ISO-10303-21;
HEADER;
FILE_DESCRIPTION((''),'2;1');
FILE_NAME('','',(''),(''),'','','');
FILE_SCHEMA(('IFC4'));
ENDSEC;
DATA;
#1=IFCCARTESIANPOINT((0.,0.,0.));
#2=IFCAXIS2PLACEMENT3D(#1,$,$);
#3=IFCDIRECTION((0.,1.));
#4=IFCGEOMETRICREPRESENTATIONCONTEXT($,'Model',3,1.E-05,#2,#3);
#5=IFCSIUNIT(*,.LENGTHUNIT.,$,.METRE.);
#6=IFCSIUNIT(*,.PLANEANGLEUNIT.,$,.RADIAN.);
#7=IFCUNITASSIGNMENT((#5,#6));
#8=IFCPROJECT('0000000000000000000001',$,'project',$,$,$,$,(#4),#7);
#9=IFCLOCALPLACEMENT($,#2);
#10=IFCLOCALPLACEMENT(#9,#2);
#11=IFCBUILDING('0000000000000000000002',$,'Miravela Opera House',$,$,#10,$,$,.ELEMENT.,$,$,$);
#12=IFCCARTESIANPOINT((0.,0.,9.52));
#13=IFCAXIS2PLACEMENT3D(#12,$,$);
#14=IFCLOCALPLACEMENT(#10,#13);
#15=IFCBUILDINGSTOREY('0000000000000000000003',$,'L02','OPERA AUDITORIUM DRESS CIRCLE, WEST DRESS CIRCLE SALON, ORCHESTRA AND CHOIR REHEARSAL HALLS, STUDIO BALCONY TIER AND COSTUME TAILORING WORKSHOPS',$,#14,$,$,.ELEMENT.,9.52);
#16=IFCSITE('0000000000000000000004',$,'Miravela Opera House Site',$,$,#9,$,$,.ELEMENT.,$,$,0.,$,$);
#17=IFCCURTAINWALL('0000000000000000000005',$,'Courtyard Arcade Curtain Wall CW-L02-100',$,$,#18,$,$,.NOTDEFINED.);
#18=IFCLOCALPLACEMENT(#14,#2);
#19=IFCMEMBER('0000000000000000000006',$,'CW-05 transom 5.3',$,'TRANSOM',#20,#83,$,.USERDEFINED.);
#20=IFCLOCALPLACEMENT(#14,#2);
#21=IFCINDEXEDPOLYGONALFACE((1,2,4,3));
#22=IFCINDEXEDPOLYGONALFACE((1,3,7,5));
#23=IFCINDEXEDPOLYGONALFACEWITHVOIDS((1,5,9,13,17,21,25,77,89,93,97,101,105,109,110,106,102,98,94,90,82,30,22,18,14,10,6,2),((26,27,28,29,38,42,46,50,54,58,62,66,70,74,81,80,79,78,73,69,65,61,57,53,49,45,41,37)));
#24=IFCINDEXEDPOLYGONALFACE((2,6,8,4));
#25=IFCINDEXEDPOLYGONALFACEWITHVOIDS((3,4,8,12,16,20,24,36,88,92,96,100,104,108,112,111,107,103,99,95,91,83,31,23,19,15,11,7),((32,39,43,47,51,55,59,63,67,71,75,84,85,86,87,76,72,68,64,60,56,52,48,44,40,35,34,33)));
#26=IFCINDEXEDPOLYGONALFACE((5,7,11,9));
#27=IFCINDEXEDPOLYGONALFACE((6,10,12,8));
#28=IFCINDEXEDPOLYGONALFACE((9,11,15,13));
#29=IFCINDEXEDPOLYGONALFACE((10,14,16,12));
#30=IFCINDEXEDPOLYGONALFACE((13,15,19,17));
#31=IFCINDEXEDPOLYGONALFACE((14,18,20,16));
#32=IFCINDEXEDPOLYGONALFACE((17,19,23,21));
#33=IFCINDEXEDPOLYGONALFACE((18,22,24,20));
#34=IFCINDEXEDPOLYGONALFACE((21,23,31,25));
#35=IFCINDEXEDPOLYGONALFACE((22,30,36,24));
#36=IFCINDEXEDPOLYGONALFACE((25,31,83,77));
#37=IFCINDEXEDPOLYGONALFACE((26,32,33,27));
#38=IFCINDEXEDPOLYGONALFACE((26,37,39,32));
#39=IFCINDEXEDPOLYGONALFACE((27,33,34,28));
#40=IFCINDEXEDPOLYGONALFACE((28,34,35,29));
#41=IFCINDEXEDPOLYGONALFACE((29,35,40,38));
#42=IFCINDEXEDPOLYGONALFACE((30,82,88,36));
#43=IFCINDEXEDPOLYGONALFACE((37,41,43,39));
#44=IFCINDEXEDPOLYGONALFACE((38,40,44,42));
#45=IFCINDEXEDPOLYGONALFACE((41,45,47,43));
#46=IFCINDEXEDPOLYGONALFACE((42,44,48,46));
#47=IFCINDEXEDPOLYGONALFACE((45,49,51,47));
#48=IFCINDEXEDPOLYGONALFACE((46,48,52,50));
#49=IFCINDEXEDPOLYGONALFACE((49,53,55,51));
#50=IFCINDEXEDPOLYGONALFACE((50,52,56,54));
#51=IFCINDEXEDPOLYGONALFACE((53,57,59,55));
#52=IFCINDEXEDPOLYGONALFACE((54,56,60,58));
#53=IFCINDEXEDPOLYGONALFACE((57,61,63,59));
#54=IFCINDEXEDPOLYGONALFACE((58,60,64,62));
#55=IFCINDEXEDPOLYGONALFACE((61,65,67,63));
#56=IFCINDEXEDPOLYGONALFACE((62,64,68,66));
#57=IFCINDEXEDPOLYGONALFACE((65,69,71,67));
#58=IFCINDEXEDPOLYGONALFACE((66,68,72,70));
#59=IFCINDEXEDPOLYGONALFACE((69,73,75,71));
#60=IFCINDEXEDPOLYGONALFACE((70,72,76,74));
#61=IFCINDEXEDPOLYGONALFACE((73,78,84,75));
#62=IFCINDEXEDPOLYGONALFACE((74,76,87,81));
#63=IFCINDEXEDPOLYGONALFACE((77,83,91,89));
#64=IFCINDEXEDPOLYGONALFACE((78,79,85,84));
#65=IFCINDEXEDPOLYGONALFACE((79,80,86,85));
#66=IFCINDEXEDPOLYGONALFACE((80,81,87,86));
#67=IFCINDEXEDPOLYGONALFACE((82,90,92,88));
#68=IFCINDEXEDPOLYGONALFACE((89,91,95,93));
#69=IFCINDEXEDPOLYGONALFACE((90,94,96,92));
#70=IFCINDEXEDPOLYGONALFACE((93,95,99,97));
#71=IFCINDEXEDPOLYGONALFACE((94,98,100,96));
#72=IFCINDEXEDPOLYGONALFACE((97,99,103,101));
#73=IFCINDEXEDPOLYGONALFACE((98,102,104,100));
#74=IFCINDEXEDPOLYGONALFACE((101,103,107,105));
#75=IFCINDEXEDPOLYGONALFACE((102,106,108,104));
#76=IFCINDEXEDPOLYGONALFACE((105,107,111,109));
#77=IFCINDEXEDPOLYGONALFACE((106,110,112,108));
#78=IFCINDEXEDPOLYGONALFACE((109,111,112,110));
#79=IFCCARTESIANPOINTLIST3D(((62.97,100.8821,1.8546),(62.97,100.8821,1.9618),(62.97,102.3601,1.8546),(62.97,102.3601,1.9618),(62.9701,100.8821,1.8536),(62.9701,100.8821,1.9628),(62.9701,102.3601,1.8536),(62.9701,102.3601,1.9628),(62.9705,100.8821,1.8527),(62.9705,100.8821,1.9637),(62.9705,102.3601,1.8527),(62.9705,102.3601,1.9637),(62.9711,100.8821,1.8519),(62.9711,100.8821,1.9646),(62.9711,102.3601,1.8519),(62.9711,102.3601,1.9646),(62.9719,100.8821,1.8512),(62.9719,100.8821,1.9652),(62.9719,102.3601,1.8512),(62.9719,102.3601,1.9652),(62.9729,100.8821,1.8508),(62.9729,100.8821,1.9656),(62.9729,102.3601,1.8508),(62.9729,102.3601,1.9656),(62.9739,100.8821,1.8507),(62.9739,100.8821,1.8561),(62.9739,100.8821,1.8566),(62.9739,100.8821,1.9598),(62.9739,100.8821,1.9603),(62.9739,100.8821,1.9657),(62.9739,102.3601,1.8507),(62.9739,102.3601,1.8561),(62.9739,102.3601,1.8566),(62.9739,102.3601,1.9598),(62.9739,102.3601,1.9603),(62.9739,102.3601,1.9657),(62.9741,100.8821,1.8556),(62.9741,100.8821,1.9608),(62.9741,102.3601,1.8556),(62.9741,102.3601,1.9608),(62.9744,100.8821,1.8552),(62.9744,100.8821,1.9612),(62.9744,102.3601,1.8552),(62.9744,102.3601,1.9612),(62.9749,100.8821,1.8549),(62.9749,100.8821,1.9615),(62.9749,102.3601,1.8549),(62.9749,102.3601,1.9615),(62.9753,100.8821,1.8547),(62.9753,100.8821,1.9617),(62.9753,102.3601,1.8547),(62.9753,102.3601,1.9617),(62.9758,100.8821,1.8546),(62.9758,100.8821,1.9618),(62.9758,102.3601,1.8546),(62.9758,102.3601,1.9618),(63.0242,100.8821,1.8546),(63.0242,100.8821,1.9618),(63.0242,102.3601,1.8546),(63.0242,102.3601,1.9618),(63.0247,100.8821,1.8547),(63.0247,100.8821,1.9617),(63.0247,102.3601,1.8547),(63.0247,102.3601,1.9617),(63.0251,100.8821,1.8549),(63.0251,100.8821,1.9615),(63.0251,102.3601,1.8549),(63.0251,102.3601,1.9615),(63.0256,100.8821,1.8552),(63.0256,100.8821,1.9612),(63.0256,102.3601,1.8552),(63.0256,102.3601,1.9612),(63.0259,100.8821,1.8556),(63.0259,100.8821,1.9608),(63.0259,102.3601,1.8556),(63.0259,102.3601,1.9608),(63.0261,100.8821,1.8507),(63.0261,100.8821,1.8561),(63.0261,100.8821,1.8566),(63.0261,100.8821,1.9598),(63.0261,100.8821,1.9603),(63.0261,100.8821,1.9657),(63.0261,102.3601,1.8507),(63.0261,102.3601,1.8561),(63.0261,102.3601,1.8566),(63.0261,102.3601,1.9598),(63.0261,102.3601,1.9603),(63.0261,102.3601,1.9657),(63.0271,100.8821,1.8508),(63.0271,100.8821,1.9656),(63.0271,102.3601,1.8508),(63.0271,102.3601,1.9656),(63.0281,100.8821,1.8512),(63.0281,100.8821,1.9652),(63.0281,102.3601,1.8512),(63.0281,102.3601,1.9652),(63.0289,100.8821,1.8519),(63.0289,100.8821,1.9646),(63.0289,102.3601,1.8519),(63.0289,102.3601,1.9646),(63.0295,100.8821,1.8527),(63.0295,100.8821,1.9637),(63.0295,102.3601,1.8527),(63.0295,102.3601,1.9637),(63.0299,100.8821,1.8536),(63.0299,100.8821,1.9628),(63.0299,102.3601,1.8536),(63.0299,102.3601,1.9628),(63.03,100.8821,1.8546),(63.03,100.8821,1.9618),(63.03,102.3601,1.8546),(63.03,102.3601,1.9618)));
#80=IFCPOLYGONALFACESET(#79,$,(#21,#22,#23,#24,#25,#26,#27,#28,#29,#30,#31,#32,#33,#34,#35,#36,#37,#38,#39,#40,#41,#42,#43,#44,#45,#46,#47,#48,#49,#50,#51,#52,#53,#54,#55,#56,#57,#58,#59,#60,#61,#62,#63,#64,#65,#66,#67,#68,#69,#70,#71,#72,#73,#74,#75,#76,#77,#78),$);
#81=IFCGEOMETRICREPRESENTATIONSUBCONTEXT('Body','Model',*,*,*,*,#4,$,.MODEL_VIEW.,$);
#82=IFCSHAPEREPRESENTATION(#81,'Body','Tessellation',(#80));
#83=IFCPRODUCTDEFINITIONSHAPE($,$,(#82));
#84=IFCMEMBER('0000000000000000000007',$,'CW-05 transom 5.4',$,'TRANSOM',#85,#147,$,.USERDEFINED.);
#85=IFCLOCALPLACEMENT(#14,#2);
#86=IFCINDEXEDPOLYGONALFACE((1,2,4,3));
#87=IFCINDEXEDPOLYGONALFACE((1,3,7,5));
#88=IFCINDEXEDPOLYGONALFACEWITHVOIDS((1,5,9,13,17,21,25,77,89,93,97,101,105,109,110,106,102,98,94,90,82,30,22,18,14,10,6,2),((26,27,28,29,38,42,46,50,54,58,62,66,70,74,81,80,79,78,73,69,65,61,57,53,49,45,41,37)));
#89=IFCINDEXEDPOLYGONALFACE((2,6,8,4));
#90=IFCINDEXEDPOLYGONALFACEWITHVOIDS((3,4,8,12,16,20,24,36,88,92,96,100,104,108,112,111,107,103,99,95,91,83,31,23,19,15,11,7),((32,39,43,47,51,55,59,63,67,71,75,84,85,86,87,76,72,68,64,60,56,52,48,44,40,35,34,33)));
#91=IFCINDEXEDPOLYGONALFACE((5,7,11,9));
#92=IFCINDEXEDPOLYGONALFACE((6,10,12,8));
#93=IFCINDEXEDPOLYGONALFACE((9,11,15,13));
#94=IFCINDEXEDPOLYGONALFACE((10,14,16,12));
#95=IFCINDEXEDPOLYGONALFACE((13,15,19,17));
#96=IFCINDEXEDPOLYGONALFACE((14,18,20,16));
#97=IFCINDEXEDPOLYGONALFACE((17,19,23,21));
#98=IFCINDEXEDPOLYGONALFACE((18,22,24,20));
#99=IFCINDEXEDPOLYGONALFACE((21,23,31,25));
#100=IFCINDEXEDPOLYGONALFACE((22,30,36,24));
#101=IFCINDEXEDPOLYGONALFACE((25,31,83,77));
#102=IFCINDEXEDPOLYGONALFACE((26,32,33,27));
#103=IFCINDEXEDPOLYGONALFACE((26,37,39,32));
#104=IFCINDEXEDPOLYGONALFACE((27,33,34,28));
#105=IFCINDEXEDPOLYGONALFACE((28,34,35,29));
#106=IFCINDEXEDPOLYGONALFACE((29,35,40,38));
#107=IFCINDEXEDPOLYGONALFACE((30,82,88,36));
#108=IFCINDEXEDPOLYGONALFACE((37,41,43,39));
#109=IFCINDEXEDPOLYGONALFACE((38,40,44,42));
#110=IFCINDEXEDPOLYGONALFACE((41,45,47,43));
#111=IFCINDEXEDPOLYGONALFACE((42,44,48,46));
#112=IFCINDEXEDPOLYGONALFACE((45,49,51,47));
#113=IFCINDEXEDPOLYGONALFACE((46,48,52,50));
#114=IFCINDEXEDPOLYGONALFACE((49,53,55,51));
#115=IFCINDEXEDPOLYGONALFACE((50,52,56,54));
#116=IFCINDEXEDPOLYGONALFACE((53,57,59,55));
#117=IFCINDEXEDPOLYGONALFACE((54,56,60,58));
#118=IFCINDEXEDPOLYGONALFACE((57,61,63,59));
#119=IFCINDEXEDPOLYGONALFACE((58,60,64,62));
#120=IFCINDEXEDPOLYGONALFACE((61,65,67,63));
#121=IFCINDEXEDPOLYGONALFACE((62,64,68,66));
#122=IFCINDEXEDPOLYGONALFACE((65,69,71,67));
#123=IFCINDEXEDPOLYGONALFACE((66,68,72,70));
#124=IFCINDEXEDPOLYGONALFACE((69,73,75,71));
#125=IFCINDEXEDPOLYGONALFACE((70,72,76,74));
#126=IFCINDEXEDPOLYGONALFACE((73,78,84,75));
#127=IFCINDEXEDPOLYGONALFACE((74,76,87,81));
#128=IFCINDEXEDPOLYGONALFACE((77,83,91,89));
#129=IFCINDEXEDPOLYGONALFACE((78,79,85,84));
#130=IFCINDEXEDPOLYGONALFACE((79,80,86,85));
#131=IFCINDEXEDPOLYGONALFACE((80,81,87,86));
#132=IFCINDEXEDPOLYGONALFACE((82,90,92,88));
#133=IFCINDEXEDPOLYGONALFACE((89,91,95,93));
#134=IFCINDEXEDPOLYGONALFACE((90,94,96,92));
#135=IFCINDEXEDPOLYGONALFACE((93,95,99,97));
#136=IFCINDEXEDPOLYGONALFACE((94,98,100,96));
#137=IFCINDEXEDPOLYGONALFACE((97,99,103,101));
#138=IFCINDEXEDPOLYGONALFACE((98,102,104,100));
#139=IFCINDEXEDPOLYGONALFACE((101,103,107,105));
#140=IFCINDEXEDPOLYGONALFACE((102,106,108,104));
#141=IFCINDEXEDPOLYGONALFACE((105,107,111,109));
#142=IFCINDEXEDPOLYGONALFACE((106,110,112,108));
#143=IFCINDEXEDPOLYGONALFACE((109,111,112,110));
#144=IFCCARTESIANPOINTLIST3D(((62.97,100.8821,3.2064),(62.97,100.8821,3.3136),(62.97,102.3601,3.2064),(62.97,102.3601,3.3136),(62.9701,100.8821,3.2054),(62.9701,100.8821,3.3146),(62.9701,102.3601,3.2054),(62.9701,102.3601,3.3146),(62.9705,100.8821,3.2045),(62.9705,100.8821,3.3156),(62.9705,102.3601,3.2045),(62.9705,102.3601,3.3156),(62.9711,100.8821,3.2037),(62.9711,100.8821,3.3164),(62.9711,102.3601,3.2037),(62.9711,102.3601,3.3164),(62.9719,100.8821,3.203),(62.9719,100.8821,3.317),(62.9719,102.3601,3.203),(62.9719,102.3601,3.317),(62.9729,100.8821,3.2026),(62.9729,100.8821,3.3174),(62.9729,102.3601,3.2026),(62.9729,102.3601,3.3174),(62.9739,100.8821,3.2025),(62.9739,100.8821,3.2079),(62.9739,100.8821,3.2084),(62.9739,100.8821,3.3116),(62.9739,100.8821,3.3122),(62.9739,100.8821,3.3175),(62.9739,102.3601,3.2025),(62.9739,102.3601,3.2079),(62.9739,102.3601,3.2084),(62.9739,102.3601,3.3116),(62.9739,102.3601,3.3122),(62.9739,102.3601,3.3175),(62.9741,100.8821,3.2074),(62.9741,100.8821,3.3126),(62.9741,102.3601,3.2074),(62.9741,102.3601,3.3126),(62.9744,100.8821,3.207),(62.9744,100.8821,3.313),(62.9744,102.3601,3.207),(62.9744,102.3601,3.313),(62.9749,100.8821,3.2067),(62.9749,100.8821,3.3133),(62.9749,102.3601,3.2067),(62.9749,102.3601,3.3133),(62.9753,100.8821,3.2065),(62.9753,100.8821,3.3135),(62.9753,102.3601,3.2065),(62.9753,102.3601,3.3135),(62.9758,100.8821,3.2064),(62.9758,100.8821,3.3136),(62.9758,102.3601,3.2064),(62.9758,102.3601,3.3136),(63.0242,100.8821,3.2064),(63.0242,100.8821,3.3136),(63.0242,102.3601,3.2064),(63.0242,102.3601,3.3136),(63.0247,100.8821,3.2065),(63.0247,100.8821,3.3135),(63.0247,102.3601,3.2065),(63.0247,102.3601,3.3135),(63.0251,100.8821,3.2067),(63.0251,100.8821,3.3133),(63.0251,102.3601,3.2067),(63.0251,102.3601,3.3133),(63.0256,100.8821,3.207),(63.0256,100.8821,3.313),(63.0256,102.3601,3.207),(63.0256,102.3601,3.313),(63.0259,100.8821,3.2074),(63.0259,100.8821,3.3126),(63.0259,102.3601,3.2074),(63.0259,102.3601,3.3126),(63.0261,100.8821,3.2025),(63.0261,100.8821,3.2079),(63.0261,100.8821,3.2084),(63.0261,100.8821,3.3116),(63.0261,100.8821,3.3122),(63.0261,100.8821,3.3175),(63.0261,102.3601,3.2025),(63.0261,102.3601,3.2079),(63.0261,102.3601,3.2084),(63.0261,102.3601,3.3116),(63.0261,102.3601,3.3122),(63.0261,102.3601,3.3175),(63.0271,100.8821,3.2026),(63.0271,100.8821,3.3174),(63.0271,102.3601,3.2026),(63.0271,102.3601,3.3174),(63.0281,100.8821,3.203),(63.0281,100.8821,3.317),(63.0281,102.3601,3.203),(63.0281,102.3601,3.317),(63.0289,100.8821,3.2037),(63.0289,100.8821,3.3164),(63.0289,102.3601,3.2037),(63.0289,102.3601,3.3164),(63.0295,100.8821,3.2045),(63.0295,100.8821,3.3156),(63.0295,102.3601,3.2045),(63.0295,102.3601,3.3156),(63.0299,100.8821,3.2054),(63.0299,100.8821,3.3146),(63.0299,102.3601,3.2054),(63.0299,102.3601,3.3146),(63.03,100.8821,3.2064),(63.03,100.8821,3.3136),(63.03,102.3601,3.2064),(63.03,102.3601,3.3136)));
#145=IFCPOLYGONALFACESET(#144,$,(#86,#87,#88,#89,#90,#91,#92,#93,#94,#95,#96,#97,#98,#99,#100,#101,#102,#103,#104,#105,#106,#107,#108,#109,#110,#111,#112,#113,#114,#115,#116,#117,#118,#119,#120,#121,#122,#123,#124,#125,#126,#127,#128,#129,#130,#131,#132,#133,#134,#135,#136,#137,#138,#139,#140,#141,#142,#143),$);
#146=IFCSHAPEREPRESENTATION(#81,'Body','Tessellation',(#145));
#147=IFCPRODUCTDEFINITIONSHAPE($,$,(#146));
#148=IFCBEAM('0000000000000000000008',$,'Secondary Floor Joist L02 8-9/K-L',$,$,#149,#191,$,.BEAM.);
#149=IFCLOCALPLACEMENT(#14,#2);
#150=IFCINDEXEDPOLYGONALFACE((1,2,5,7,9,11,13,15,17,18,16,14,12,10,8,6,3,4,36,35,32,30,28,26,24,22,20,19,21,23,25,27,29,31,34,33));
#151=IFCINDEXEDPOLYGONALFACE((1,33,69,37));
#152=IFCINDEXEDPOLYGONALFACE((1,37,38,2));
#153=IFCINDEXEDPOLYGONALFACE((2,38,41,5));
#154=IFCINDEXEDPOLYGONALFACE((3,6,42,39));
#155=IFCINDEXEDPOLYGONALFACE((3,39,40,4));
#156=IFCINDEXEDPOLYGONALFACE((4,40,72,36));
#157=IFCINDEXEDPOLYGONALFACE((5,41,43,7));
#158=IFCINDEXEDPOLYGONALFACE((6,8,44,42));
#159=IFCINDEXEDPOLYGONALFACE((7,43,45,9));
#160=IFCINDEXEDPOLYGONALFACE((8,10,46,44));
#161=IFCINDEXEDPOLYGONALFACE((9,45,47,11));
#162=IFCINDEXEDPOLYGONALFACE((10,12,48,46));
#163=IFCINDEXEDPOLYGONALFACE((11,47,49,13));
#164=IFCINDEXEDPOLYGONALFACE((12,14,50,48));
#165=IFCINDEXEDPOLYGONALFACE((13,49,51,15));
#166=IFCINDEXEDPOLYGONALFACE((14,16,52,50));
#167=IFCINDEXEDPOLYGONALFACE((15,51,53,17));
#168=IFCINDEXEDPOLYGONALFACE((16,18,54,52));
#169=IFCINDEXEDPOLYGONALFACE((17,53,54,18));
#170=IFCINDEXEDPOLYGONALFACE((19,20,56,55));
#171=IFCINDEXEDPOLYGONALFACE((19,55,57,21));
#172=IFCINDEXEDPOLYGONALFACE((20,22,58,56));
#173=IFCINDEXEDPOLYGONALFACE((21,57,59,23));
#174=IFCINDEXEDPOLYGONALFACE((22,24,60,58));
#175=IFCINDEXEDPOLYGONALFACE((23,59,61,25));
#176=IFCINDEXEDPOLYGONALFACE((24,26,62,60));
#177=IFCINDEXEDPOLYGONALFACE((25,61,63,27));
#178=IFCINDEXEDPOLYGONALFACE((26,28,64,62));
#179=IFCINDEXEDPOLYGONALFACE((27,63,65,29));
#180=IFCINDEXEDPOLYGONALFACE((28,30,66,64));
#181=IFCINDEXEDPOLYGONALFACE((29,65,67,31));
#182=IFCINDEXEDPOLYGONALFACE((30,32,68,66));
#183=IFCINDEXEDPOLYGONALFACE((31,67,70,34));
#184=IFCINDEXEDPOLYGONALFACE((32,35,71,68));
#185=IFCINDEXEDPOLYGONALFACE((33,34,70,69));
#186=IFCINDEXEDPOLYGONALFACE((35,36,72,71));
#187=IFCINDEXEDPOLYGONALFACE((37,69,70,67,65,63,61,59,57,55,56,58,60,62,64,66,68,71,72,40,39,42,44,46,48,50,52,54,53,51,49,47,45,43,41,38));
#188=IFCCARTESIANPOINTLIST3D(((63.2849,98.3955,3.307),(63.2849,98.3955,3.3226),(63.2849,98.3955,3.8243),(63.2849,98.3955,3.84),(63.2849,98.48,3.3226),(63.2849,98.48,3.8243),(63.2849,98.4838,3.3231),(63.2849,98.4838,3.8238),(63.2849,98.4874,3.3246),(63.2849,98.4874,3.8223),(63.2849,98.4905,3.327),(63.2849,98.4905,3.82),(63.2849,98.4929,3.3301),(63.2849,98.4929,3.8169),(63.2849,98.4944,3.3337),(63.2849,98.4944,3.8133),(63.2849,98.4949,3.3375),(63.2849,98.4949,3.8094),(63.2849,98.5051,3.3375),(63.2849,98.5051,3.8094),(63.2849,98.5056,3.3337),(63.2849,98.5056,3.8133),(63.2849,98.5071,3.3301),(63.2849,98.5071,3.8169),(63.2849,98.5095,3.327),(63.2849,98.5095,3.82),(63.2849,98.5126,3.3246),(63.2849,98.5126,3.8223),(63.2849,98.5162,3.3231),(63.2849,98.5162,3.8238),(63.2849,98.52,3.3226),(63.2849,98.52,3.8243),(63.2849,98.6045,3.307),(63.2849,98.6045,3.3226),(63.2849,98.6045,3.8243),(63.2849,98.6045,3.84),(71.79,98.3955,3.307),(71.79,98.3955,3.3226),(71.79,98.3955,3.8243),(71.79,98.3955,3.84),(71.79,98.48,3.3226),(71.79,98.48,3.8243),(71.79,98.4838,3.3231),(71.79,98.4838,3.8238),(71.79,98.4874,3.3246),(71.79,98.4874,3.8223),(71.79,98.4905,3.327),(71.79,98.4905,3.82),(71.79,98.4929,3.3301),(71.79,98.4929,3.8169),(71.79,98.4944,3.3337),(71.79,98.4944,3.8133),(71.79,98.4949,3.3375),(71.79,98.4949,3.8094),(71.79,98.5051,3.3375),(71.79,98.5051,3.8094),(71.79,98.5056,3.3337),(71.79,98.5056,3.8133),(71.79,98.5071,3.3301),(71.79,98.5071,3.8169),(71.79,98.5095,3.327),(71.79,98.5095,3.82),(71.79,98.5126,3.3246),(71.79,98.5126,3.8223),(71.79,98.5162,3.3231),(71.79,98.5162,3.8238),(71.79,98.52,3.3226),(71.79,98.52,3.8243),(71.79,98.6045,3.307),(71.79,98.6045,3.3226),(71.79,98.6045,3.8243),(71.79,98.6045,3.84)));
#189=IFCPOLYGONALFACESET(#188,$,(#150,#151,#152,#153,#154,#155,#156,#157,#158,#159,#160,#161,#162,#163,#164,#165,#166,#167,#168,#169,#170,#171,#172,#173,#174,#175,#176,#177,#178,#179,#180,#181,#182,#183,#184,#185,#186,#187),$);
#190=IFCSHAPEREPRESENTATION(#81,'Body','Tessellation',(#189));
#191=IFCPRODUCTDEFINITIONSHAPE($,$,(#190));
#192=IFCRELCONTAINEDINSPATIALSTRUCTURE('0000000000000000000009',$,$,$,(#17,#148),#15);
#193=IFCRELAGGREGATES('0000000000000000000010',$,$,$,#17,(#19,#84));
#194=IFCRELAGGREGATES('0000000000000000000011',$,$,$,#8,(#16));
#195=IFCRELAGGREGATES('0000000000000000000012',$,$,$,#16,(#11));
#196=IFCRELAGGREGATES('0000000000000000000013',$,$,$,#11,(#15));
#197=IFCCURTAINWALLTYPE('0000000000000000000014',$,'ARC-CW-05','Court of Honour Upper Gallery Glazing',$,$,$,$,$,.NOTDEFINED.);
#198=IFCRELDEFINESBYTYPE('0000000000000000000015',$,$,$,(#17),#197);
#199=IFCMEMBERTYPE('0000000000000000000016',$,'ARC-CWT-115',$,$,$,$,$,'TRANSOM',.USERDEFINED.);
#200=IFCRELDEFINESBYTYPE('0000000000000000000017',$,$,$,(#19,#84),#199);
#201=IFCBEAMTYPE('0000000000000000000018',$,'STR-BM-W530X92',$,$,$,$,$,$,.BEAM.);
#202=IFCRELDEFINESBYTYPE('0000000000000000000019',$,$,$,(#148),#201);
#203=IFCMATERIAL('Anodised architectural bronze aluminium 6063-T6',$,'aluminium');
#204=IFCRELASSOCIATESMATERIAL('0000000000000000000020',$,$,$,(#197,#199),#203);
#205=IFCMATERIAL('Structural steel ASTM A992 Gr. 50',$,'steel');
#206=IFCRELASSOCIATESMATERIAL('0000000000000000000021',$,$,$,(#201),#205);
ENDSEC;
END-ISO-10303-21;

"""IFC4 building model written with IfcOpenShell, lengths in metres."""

from ifc_helpers import new_model, si_unit, direction, frame, origin, origin_2d, place, context, subcontext, project, spatial, hollow_rectangle, i_section, extrude, material, material_profile, profile_set, type_object, element, aggregate, save


model = new_model("IFC4")

# Units and contexts
model_context = context("Model", 3, precision=1e-05, world=origin(), true_north=direction((0.0, 1.0)))
body_context = subcontext(model_context, "Body", "Model", "MODEL_VIEW")
ifc_project = project(units=[si_unit("LENGTHUNIT", "METRE"), si_unit("PLANEANGLEUNIT", "RADIAN")], contexts=[model_context])

# Site, building, storey
site_placement = place(None, origin())
site = spatial("IfcSite", under=ifc_project, at=site_placement, Name="Miravela Opera House Site", CompositionType="ELEMENT", RefElevation=0.0)
building_placement = place(site_placement, origin())
building = spatial("IfcBuilding", under=site, at=building_placement, Name="Miravela Opera House", CompositionType="ELEMENT")
storey_placement = place(building_placement, frame((0.0, 0.0, 9.52)))
storey = spatial("IfcBuildingStorey", under=building, at=storey_placement, Name="L02", Description="OPERA AUDITORIUM DRESS CIRCLE, WEST DRESS CIRCLE SALON, ORCHESTRA AND CHOIR REHEARSAL HALLS, STUDIO BALCONY TIER AND COSTUME TAILORING WORKSHOPS", CompositionType="ELEMENT", Elevation=9.52)

# Curtain wall, members
ifc_material_1 = material(Name="Anodised architectural bronze aluminium 6063-T6", Category="aluminium")
curtain_wall_type = type_object("IfcCurtainWallType", Name="ARC-CW-05", Description="Court of Honour Upper Gallery Glazing", PredefinedType="NOTDEFINED", material=ifc_material_1)
curtain_wall_placement = place(storey_placement, origin())
curtain_wall = element("IfcCurtainWall", 1, at=curtain_wall_placement, inside=storey, type_object=curtain_wall_type, Name="Courtyard Arcade Curtain Wall CW-L02-100", PredefinedType="NOTDEFINED")
ifc_material_profile_1 = material_profile(ifc_material_1, hollow_rectangle(XDim=0.0601, YDim=0.115, WallThickness=0.0039, InnerFilletRadius=0.002, OuterFilletRadius=0.0039, at=origin_2d()), Name="CWT-60X115")
ifc_profile_set_1 = profile_set([ifc_material_profile_1])
member_type_1 = type_object("IfcMemberType", Name="ARC-CWT-115", ElementType="TRANSOM", PredefinedType="USERDEFINED", material=ifc_profile_set_1)
member_1_placement = place(storey_placement, frame((63.0, 100.8821, 1.9082), z_axis=(0.0, 1.0, 0.0), x_axis=(-1.0, 0.0, 0.0)))
member_1 = element("IfcMember", 2, at=member_1_placement, type_object=member_type_1, Name="CW-05 transom 5.3", ObjectType="TRANSOM", PredefinedType="USERDEFINED", context=body_context, shape_type="SweptSolid", body=[
    extrude(hollow_rectangle(XDim=0.0601, YDim=0.115, WallThickness=0.0039, InnerFilletRadius=0.002, OuterFilletRadius=0.0039, at=origin_2d()), origin(), (0.0, 0.0, 1.0), 1.478),
])
member_2_placement = place(storey_placement, frame((63.0, 100.8821, 3.26), z_axis=(0.0, 1.0, 0.0), x_axis=(-1.0, 0.0, 0.0)))
member_2 = element("IfcMember", 3, at=member_2_placement, type_object=member_type_1, Name="CW-05 transom 5.4", ObjectType="TRANSOM", PredefinedType="USERDEFINED", context=body_context, shape_type="SweptSolid", body=[
    extrude(hollow_rectangle(XDim=0.0601, YDim=0.115, WallThickness=0.0039, InnerFilletRadius=0.002, OuterFilletRadius=0.0039, at=origin_2d()), origin(), (0.0, 0.0, 1.0), 1.478),
])

# Beam
ifc_material_2 = material(Name="Structural steel ASTM A992 Gr. 50", Category="steel")
ifc_material_profile_2 = material_profile(ifc_material_2, i_section(OverallWidth=0.209, OverallDepth=0.533, WebThickness=0.0103, FlangeThickness=0.0156, FilletRadius=0.0149, at=origin_2d()), Name="W530X92")
ifc_profile_set_2 = profile_set([ifc_material_profile_2])
beam_type = type_object("IfcBeamType", Name="STR-BM-W530X92", PredefinedType="BEAM", material=ifc_profile_set_2)
beam_placement = place(storey_placement, frame((63.2849, 98.5, 3.5735), z_axis=(1.0, 0.0, 0.0), x_axis=(0.0, 1.0, 0.0)))
element("IfcBeam", 4, at=beam_placement, inside=storey, type_object=beam_type, Name="Secondary Floor Joist L02 8-9/K-L", PredefinedType="BEAM", context=body_context, shape_type="SweptSolid", body=[
    extrude(i_section(OverallWidth=0.209, OverallDepth=0.533, WebThickness=0.0103, FlangeThickness=0.0156, FilletRadius=0.0149, at=origin_2d()), origin(), (0.0, 0.0, 1.0), 8.5051),
])

aggregate(curtain_wall, [member_1, member_2])

save(model, "model.ifc")
